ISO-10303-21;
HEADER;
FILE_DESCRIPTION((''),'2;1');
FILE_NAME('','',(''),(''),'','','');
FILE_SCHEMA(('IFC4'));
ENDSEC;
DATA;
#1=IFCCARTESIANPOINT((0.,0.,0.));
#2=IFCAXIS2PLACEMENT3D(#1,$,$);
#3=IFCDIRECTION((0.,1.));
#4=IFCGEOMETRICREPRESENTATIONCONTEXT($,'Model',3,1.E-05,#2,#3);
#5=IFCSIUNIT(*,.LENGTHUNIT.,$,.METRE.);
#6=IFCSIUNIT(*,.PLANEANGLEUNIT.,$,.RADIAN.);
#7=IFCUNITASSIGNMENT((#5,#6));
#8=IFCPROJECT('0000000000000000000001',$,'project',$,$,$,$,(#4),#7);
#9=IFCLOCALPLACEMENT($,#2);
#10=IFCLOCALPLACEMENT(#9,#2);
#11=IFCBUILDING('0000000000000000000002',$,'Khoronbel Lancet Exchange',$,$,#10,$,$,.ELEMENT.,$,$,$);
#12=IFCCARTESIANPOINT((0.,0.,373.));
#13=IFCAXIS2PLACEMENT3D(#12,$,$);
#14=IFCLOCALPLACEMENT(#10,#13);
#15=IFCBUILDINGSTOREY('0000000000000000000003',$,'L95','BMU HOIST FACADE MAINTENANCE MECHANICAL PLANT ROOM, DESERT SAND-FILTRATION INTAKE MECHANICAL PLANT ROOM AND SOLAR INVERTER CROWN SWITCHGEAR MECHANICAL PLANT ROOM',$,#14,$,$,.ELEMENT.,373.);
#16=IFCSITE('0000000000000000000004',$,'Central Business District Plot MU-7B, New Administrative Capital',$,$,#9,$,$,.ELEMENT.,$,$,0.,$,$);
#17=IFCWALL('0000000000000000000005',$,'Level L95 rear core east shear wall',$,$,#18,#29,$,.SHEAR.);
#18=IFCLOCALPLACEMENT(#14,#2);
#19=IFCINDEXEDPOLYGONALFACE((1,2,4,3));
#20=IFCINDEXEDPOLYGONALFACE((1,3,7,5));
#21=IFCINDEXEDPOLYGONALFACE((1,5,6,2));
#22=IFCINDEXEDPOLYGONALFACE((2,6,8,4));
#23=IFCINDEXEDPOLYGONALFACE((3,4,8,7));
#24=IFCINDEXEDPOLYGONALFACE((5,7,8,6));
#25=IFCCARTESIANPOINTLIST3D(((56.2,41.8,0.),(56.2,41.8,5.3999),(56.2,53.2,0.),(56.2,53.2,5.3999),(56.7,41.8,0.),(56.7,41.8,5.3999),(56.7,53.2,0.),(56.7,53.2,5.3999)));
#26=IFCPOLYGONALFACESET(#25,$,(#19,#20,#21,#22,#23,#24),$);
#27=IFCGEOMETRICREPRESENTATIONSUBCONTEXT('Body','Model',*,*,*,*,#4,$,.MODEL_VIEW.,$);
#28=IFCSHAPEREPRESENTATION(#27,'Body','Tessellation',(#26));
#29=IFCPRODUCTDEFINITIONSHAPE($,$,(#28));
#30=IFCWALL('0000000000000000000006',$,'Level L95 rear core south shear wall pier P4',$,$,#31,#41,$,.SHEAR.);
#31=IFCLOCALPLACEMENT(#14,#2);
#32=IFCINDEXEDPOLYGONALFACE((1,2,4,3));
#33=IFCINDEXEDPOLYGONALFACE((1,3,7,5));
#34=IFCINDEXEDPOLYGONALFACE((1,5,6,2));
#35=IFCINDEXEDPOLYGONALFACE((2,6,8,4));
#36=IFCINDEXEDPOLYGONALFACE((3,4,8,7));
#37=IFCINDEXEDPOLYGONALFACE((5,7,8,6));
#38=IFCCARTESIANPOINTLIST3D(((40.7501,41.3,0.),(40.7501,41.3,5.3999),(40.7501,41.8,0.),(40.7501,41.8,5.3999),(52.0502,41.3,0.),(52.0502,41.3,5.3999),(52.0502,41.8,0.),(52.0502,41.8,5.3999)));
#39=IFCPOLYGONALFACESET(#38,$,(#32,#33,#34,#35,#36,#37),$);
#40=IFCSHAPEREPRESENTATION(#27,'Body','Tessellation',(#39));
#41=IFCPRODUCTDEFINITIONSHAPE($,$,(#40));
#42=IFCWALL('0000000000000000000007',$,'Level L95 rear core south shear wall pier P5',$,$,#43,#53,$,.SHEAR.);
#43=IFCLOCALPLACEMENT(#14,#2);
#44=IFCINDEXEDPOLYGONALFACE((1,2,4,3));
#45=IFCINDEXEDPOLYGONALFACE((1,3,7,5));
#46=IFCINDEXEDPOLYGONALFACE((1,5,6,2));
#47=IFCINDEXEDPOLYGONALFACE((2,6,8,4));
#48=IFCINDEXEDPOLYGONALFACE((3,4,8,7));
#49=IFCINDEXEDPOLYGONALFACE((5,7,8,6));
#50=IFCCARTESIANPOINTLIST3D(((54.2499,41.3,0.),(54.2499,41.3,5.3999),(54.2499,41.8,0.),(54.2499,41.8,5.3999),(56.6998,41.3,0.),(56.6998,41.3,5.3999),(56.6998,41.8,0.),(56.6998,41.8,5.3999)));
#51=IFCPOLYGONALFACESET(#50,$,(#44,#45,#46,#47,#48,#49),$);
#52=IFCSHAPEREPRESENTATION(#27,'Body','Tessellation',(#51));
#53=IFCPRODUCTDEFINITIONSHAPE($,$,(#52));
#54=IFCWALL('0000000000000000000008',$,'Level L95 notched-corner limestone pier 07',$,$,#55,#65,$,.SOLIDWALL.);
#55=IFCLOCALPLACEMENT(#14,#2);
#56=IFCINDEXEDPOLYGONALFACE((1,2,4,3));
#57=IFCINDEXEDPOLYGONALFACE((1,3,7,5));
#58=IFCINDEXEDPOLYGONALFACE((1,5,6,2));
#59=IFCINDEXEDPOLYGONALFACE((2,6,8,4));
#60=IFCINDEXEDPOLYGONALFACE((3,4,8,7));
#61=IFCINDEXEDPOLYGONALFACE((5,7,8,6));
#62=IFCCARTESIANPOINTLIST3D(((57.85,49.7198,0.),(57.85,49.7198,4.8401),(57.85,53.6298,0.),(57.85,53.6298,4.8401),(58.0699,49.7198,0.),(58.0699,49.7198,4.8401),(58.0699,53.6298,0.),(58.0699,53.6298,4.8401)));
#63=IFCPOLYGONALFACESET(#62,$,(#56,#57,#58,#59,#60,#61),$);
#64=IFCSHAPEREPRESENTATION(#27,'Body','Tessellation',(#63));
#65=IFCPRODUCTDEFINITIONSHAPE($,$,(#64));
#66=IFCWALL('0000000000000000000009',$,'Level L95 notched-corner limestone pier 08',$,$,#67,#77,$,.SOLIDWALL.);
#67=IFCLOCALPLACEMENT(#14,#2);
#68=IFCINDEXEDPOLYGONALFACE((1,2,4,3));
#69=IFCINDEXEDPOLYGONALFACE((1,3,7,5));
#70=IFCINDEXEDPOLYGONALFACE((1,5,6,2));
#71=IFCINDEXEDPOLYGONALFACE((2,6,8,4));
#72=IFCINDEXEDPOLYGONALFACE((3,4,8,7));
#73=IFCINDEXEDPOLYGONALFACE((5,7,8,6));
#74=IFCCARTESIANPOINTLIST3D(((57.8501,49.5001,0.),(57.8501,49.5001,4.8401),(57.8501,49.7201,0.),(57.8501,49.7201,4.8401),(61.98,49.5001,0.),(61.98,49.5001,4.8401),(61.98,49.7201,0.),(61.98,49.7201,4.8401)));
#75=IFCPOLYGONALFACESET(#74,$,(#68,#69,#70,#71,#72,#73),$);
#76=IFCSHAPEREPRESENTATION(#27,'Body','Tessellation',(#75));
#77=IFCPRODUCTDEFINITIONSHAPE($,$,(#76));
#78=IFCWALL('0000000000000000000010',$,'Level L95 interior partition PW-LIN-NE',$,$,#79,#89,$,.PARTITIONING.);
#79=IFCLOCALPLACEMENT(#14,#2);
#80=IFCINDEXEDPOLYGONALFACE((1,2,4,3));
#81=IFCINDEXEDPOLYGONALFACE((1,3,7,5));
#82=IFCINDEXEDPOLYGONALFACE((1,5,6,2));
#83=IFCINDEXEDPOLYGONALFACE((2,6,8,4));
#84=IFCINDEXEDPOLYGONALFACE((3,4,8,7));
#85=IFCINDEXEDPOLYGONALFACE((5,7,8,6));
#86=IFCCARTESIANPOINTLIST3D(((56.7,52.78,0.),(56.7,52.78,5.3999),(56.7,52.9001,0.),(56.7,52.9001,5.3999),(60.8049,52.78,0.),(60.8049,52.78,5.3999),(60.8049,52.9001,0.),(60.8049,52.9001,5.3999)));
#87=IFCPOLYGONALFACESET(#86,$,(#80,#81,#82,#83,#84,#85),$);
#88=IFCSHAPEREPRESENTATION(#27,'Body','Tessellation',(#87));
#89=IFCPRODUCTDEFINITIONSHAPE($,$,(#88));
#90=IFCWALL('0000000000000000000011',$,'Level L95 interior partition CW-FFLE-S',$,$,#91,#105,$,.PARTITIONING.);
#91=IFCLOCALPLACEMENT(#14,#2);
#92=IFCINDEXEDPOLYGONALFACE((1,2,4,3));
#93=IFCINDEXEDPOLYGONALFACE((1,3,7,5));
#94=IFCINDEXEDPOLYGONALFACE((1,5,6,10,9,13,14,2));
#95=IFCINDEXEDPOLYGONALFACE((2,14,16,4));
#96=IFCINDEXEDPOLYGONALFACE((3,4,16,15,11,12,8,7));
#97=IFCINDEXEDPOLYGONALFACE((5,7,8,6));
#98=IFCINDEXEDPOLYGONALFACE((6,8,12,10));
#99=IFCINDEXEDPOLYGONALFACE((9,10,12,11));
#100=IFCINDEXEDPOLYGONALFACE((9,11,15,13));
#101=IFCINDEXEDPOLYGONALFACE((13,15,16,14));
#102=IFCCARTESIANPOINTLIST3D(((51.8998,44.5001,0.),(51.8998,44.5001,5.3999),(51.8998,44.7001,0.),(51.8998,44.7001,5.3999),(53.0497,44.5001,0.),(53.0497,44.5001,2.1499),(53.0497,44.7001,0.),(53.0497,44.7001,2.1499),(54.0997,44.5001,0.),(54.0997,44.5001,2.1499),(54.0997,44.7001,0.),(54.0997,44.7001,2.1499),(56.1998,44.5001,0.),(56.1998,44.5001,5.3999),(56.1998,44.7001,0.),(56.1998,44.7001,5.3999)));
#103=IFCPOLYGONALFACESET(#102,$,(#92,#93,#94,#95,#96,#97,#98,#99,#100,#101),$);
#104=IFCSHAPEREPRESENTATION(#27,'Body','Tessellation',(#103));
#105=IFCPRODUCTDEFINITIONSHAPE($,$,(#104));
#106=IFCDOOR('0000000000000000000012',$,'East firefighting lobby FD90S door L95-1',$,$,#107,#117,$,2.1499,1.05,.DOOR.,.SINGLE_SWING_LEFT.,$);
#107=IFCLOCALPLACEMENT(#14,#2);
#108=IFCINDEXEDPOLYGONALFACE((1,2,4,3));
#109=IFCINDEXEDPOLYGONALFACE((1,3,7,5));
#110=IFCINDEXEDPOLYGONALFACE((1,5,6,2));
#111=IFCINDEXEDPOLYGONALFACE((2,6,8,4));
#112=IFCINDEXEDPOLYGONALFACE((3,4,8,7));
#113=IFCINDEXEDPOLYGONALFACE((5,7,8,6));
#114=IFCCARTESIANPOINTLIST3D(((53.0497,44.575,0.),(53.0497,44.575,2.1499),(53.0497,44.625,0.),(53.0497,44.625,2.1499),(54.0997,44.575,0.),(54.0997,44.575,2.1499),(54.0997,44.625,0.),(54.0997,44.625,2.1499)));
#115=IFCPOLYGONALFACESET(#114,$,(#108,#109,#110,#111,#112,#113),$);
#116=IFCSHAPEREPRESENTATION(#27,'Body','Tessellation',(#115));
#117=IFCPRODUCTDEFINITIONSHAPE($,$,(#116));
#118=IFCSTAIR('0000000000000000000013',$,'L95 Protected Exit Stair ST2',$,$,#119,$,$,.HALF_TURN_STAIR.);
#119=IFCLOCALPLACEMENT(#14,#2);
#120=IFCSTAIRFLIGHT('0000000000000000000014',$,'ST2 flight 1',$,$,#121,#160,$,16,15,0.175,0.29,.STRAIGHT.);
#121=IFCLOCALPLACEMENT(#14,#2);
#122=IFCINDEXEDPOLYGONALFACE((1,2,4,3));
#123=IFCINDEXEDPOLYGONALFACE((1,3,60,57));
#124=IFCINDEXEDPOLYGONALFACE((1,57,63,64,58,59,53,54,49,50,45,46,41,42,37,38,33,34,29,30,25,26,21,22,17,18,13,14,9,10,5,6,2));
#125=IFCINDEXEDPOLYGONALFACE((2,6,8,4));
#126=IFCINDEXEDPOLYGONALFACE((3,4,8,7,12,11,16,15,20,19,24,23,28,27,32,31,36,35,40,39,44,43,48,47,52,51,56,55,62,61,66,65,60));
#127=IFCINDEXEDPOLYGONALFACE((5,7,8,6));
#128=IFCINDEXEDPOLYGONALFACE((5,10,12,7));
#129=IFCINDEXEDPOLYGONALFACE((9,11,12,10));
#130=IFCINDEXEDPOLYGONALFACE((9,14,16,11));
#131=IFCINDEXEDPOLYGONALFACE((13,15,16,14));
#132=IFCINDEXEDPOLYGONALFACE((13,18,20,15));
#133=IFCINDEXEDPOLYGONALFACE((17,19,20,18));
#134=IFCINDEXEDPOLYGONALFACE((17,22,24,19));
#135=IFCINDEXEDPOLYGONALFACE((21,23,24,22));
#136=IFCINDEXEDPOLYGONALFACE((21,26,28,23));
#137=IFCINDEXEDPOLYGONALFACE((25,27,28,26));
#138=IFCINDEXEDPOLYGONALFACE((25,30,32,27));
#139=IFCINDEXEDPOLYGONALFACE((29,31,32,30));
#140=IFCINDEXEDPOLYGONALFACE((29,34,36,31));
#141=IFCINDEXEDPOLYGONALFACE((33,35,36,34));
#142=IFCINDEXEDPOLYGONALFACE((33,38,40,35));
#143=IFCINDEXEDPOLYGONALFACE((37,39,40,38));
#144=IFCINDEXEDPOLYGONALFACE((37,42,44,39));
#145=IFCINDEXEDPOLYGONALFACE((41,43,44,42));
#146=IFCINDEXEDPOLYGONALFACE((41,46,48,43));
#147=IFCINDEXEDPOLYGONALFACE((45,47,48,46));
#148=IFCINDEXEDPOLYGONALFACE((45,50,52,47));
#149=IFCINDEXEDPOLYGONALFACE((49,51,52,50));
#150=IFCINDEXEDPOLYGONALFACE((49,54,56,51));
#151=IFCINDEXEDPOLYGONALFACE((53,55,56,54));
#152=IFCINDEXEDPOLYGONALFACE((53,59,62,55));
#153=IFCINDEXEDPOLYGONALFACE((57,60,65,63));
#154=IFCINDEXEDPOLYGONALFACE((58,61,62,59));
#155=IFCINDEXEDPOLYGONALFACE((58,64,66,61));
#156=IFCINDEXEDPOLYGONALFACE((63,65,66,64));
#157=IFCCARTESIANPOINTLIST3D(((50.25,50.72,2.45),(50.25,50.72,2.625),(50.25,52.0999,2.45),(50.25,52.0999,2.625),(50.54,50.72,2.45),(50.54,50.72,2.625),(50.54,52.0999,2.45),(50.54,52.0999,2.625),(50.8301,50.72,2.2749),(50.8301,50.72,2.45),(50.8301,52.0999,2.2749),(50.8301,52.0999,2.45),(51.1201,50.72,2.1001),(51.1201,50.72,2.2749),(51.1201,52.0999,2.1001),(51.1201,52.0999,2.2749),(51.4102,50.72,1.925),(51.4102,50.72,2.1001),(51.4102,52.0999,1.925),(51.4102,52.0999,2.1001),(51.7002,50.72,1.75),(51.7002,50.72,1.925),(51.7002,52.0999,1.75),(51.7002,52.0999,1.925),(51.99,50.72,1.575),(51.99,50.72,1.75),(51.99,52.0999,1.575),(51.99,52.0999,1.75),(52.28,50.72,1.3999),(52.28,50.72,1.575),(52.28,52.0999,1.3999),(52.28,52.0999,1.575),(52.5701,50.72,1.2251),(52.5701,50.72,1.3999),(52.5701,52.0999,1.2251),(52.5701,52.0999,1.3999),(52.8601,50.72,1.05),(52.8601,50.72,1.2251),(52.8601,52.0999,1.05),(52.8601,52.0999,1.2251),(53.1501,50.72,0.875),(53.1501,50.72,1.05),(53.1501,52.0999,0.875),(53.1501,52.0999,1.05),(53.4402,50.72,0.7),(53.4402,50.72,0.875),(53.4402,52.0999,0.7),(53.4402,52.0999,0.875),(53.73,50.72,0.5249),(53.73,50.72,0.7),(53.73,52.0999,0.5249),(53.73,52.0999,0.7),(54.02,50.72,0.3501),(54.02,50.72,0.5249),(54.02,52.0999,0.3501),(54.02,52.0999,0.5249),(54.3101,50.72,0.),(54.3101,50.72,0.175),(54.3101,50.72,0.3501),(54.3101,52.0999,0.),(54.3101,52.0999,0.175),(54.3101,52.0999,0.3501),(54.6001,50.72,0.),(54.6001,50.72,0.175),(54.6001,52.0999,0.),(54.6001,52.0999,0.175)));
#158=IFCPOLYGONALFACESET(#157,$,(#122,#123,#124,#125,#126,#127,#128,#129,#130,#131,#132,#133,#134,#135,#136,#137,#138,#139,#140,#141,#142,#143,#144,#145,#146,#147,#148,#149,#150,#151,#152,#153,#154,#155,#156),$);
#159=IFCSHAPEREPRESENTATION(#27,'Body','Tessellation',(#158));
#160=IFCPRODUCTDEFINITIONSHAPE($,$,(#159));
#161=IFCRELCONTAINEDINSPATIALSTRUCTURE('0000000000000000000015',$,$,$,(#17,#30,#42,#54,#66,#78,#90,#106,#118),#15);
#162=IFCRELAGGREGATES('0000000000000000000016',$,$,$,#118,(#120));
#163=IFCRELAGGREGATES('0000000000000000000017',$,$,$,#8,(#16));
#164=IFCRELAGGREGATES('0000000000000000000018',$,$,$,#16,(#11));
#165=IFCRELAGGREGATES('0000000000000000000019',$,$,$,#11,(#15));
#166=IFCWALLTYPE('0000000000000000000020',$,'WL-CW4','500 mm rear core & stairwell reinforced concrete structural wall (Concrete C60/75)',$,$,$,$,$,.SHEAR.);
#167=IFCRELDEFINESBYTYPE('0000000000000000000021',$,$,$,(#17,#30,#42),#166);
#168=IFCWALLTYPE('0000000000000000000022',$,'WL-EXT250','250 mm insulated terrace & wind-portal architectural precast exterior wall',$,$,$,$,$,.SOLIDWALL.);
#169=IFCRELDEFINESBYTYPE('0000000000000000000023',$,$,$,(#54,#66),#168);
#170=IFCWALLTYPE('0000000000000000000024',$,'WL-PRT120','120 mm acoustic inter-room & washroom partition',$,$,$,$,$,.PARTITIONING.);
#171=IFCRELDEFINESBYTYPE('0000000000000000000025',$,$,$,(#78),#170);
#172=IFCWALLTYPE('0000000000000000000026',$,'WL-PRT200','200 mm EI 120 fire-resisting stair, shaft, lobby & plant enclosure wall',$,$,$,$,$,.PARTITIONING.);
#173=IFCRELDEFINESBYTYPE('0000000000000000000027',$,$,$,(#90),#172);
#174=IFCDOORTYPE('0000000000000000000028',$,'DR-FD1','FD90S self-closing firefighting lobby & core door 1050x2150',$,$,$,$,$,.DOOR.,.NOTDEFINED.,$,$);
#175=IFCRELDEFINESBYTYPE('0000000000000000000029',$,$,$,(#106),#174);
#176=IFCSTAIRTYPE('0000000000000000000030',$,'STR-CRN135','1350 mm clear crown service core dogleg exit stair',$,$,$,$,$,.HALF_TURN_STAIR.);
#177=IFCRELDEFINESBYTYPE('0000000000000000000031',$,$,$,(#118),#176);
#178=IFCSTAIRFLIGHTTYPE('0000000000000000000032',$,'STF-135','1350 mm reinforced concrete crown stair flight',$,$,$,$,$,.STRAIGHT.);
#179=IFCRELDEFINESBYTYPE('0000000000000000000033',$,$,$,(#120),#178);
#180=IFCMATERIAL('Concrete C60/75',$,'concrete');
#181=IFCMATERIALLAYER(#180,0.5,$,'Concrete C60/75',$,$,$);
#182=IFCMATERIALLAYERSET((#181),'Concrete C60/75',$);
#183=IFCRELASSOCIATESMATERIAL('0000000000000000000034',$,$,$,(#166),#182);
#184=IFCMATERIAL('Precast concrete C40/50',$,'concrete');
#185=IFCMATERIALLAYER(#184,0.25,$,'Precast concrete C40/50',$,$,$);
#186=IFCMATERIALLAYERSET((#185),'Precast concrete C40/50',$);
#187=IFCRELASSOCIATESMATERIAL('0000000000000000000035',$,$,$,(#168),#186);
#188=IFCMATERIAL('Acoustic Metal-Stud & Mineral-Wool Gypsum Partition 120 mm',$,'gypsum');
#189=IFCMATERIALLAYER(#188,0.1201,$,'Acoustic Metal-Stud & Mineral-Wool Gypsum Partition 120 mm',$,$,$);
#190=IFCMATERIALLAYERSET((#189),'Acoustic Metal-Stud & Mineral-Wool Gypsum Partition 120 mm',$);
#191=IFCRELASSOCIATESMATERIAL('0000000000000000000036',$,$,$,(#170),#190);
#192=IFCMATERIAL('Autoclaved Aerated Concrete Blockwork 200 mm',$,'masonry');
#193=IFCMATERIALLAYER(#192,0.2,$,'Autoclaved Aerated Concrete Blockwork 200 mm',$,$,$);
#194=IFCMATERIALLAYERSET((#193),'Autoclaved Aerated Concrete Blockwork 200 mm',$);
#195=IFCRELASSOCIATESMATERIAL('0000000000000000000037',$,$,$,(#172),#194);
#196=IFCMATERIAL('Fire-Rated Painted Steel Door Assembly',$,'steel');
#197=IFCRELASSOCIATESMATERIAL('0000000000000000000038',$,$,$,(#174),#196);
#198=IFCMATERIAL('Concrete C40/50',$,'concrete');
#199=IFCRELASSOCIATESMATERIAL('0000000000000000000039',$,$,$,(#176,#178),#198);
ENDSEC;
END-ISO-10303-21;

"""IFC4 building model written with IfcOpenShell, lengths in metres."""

from ifc_helpers import new_model, si_unit, direction, frame, frame_2d, origin, place, context, subcontext, project, spatial, polyline, rectangle, outline, extrude, material, layer, layer_set, type_object, element, fill, aggregate, save


model = new_model("IFC4")

# Units and contexts
model_context = context("Model", 3, precision=1e-05, world=origin(), true_north=direction((0.0, 1.0)))
body_context = subcontext(model_context, "Body", "Model", "MODEL_VIEW")
ifc_project = project(units=[si_unit("LENGTHUNIT", "METRE"), si_unit("PLANEANGLEUNIT", "RADIAN")], contexts=[model_context])

# Site, building, storey
site_placement = place(None, origin())
site = spatial("IfcSite", under=ifc_project, at=site_placement, Name="Central Business District Plot MU-7B, New Administrative Capital", CompositionType="ELEMENT", RefElevation=0.0)
building_placement = place(site_placement, origin())
building = spatial("IfcBuilding", under=site, at=building_placement, Name="Khoronbel Lancet Exchange", CompositionType="ELEMENT")
storey_placement = place(building_placement, frame((0.0, 0.0, 373.0)))
storey = spatial("IfcBuildingStorey", under=building, at=storey_placement, Name="L95", Description="BMU HOIST FACADE MAINTENANCE MECHANICAL PLANT ROOM, DESERT SAND-FILTRATION INTAKE MECHANICAL PLANT ROOM AND SOLAR INVERTER CROWN SWITCHGEAR MECHANICAL PLANT ROOM", CompositionType="ELEMENT", Elevation=373.0)

# Shared definitions
ifc_material_1 = material(Name="Concrete C60/75", Category="concrete")

# Walls
ifc_layer_1 = layer(ifc_material_1, 0.5, Name="Concrete C60/75")
ifc_layer_set_1 = layer_set([ifc_layer_1], Name="Concrete C60/75")
wall_type_1 = type_object("IfcWallType", Name="WL-CW4", Description="500 mm rear core & stairwell reinforced concrete structural wall (Concrete C60/75)", PredefinedType="SHEAR", material=ifc_layer_set_1)
wall_1_placement = place(storey_placement, frame((56.45, 53.2, 0.0), z_axis=(0.0, 0.0, 1.0), x_axis=(0.0, -1.0, 0.0)))
element("IfcWall", 1, at=wall_1_placement, inside=storey, type_object=wall_type_1, Name="Level L95 rear core east shear wall", PredefinedType="SHEAR", context=body_context, shape_type="SweptSolid", body=[
    extrude(rectangle(XDim=11.3999, YDim=0.5, at=frame_2d((5.7, 0.0))), origin(), (0.0, 0.0, 1.0), 5.3999),
])
wall_2_placement = place(storey_placement, frame((52.05, 41.55, 0.0), z_axis=(0.0, 0.0, 1.0), x_axis=(-1.0, 0.0, 0.0)))
element("IfcWall", 2, at=wall_2_placement, inside=storey, type_object=wall_type_1, Name="Level L95 rear core south shear wall pier P4", PredefinedType="SHEAR", context=body_context, shape_type="SweptSolid", body=[
    extrude(rectangle(XDim=11.3, YDim=0.5, at=frame_2d((5.6499, 0.0))), origin(), (0.0, 0.0, 1.0), 5.3999),
])
wall_3_placement = place(storey_placement, frame((56.7, 41.55, 0.0), z_axis=(0.0, 0.0, 1.0), x_axis=(-1.0, 0.0, 0.0)))
element("IfcWall", 3, at=wall_3_placement, inside=storey, type_object=wall_type_1, Name="Level L95 rear core south shear wall pier P5", PredefinedType="SHEAR", context=body_context, shape_type="SweptSolid", body=[
    extrude(rectangle(XDim=2.45, YDim=0.5, at=frame_2d((1.2251, 0.0))), origin(), (0.0, 0.0, 1.0), 5.3999),
])
ifc_material_2 = material(Name="Precast concrete C40/50", Category="concrete")
ifc_layer_2 = layer(ifc_material_2, 0.25, Name="Precast concrete C40/50")
ifc_layer_set_2 = layer_set([ifc_layer_2], Name="Precast concrete C40/50")
wall_type_2 = type_object("IfcWallType", Name="WL-EXT250", Description="250 mm insulated terrace & wind-portal architectural precast exterior wall", PredefinedType="SOLIDWALL", material=ifc_layer_set_2)
wall_4_placement = place(storey_placement, frame((57.96, 53.6299, 0.0), z_axis=(0.0, 0.0, 1.0), x_axis=(0.0, -1.0, 0.0)))
element("IfcWall", 4, at=wall_4_placement, inside=storey, type_object=wall_type_2, Name="Level L95 notched-corner limestone pier 07", PredefinedType="SOLIDWALL", context=body_context, shape_type="SweptSolid", body=[
    extrude(rectangle(XDim=3.9099, YDim=0.22, at=frame_2d((1.9551, 0.0))), origin(), (0.0, 0.0, 1.0), 4.8401),
])
wall_5_placement = place(storey_placement, frame((57.8501, 49.6101, 0.0), z_axis=(0.0, 0.0, 1.0), x_axis=(1.0, 0.0, 0.0)))
element("IfcWall", 5, at=wall_5_placement, inside=storey, type_object=wall_type_2, Name="Level L95 notched-corner limestone pier 08", PredefinedType="SOLIDWALL", context=body_context, shape_type="SweptSolid", body=[
    extrude(rectangle(XDim=4.1299, YDim=0.22, at=frame_2d((2.0649, 0.0))), origin(), (0.0, 0.0, 1.0), 4.8401),
])
ifc_material_3 = material(Name="Acoustic Metal-Stud & Mineral-Wool Gypsum Partition 120 mm", Category="gypsum")
ifc_layer_3 = layer(ifc_material_3, 0.1201, Name="Acoustic Metal-Stud & Mineral-Wool Gypsum Partition 120 mm")
ifc_layer_set_3 = layer_set([ifc_layer_3], Name="Acoustic Metal-Stud & Mineral-Wool Gypsum Partition 120 mm")
wall_type_3 = type_object("IfcWallType", Name="WL-PRT120", Description="120 mm acoustic inter-room & washroom partition", PredefinedType="PARTITIONING", material=ifc_layer_set_3)
wall_6_placement = place(storey_placement, frame((56.7, 52.8401, 0.0), z_axis=(0.0, 0.0, 1.0), x_axis=(1.0, 0.0, 0.0)))
element("IfcWall", 6, at=wall_6_placement, inside=storey, type_object=wall_type_3, Name="Level L95 interior partition PW-LIN-NE", PredefinedType="PARTITIONING", context=body_context, shape_type="SweptSolid", body=[
    extrude(rectangle(XDim=4.105, YDim=0.1201, at=frame_2d((2.0525, 0.0))), origin(), (0.0, 0.0, 1.0), 5.3999),
])

# Wall, opening, door
ifc_material_4 = material(Name="Autoclaved Aerated Concrete Blockwork 200 mm", Category="masonry")
ifc_layer_4 = layer(ifc_material_4, 0.2, Name="Autoclaved Aerated Concrete Blockwork 200 mm")
ifc_layer_set_4 = layer_set([ifc_layer_4], Name="Autoclaved Aerated Concrete Blockwork 200 mm")
wall_type_4 = type_object("IfcWallType", Name="WL-PRT200", Description="200 mm EI 120 fire-resisting stair, shaft, lobby & plant enclosure wall", PredefinedType="PARTITIONING", material=ifc_layer_set_4)
wall_7_placement = place(storey_placement, frame((51.8999, 44.6001, 0.0), z_axis=(0.0, 0.0, 1.0), x_axis=(1.0, 0.0, 0.0)))
wall_7 = element("IfcWall", 7, at=wall_7_placement, inside=storey, type_object=wall_type_4, Name="Level L95 interior partition CW-FFLE-S", PredefinedType="PARTITIONING", context=body_context, shape_type="SweptSolid", body=[
    extrude(rectangle(XDim=4.3, YDim=0.2, at=frame_2d((2.1499, 0.0))), origin(), (0.0, 0.0, 1.0), 5.3999),
])
opening_placement = place(wall_7_placement, frame((1.1499, 0.0, 0.0)))
opening = element("IfcOpeningElement", 8, at=opening_placement, cuts=wall_7, PredefinedType="OPENING", context=body_context, shape_type="SweptSolid", body=[
    extrude(rectangle(XDim=1.05, YDim=2.1499, at=frame_2d((0.5249, 1.075))), frame((0.0, 0.1099, 0.0), z_axis=(0.0, -1.0, 0.0), x_axis=(1.0, 0.0, 0.0)), (0.0, 0.0, 1.0), 0.22),
])
ifc_material_5 = material(Name="Fire-Rated Painted Steel Door Assembly", Category="steel")
door_type = type_object("IfcDoorType", Name="DR-FD1", Description="FD90S self-closing firefighting lobby & core door 1050x2150", OperationType="NOTDEFINED", PredefinedType="DOOR", material=ifc_material_5)
door_placement = place(opening_placement, origin())
door = element("IfcDoor", 9, at=door_placement, inside=storey, type_object=door_type, Name="East firefighting lobby FD90S door L95-1", OperationType="SINGLE_SWING_LEFT", OverallHeight=2.1499, OverallWidth=1.05, PredefinedType="DOOR", context=body_context, shape_type="SweptSolid", body=[
    extrude(rectangle(XDim=1.05, YDim=2.1499, at=frame_2d((0.5249, 1.075))), frame((0.0, 0.0249, 0.0), z_axis=(0.0, -1.0, 0.0), x_axis=(1.0, 0.0, 0.0)), (0.0, 0.0, 1.0), 0.05),
])
fill(opening, door)

# Stair, stair flight
ifc_material_6 = material(Name="Concrete C40/50", Category="concrete")
stair_type = type_object("IfcStairType", Name="STR-CRN135", Description="1350 mm clear crown service core dogleg exit stair", PredefinedType="HALF_TURN_STAIR", material=ifc_material_6)
stair_placement = place(storey_placement, origin())
stair = element("IfcStair", 10, at=stair_placement, inside=storey, type_object=stair_type, Name="L95 Protected Exit Stair ST2", PredefinedType="HALF_TURN_STAIR")
stair_flight_type = type_object("IfcStairFlightType", Name="STF-135", Description="1350 mm reinforced concrete crown stair flight", PredefinedType="STRAIGHT", material=ifc_material_6)
stair_flight_placement = place(storey_placement, frame((54.6001, 51.4099, 0.0), z_axis=(0.0, 0.0, 1.0), x_axis=(-1.0, 0.0, 0.0)))
stair_flight = element("IfcStairFlight", 11, at=stair_flight_placement, type_object=stair_flight_type, Name="ST2 flight 1", NumberOfRisers=16, NumberOfTreads=15, PredefinedType="STRAIGHT", RiserHeight=0.175, TreadLength=0.29, context=body_context, shape_type="SweptSolid", body=[
    extrude(outline(polyline([(0.0, 0.0), (0.0, 0.175), (0.29, 0.175), (0.29, 0.3501), (0.5801, 0.3501), (0.5801, 0.5249), (0.8701, 0.5249), (0.8701, 0.7), (1.1599, 0.7), (1.1599, 0.875), (1.45, 0.875), (1.45, 1.05), (1.74, 1.05), (1.74, 1.2251), (2.03, 1.2251), (2.03, 1.3999), (2.3201, 1.3999), (2.3201, 1.575), (2.6101, 1.575), (2.6101, 1.75), (2.8999, 1.75), (2.8999, 1.925), (3.1899, 1.925), (3.1899, 2.1001), (3.48, 2.1001), (3.48, 2.2749), (3.77, 2.2749), (3.77, 2.45), (4.0601, 2.45), (4.0601, 2.625), (4.3501, 2.625), (4.3501, 2.8), (4.3501, 2.45), (0.29, 0.0), (0.0, 0.0)])), frame((0.0, 0.6899, 0.0), z_axis=(0.0, -1.0, 0.0), x_axis=(1.0, 0.0, 0.0)), (0.0, 0.0, 1.0), 1.3799),
])
aggregate(stair, [stair_flight])

save(model, "model.ifc")
